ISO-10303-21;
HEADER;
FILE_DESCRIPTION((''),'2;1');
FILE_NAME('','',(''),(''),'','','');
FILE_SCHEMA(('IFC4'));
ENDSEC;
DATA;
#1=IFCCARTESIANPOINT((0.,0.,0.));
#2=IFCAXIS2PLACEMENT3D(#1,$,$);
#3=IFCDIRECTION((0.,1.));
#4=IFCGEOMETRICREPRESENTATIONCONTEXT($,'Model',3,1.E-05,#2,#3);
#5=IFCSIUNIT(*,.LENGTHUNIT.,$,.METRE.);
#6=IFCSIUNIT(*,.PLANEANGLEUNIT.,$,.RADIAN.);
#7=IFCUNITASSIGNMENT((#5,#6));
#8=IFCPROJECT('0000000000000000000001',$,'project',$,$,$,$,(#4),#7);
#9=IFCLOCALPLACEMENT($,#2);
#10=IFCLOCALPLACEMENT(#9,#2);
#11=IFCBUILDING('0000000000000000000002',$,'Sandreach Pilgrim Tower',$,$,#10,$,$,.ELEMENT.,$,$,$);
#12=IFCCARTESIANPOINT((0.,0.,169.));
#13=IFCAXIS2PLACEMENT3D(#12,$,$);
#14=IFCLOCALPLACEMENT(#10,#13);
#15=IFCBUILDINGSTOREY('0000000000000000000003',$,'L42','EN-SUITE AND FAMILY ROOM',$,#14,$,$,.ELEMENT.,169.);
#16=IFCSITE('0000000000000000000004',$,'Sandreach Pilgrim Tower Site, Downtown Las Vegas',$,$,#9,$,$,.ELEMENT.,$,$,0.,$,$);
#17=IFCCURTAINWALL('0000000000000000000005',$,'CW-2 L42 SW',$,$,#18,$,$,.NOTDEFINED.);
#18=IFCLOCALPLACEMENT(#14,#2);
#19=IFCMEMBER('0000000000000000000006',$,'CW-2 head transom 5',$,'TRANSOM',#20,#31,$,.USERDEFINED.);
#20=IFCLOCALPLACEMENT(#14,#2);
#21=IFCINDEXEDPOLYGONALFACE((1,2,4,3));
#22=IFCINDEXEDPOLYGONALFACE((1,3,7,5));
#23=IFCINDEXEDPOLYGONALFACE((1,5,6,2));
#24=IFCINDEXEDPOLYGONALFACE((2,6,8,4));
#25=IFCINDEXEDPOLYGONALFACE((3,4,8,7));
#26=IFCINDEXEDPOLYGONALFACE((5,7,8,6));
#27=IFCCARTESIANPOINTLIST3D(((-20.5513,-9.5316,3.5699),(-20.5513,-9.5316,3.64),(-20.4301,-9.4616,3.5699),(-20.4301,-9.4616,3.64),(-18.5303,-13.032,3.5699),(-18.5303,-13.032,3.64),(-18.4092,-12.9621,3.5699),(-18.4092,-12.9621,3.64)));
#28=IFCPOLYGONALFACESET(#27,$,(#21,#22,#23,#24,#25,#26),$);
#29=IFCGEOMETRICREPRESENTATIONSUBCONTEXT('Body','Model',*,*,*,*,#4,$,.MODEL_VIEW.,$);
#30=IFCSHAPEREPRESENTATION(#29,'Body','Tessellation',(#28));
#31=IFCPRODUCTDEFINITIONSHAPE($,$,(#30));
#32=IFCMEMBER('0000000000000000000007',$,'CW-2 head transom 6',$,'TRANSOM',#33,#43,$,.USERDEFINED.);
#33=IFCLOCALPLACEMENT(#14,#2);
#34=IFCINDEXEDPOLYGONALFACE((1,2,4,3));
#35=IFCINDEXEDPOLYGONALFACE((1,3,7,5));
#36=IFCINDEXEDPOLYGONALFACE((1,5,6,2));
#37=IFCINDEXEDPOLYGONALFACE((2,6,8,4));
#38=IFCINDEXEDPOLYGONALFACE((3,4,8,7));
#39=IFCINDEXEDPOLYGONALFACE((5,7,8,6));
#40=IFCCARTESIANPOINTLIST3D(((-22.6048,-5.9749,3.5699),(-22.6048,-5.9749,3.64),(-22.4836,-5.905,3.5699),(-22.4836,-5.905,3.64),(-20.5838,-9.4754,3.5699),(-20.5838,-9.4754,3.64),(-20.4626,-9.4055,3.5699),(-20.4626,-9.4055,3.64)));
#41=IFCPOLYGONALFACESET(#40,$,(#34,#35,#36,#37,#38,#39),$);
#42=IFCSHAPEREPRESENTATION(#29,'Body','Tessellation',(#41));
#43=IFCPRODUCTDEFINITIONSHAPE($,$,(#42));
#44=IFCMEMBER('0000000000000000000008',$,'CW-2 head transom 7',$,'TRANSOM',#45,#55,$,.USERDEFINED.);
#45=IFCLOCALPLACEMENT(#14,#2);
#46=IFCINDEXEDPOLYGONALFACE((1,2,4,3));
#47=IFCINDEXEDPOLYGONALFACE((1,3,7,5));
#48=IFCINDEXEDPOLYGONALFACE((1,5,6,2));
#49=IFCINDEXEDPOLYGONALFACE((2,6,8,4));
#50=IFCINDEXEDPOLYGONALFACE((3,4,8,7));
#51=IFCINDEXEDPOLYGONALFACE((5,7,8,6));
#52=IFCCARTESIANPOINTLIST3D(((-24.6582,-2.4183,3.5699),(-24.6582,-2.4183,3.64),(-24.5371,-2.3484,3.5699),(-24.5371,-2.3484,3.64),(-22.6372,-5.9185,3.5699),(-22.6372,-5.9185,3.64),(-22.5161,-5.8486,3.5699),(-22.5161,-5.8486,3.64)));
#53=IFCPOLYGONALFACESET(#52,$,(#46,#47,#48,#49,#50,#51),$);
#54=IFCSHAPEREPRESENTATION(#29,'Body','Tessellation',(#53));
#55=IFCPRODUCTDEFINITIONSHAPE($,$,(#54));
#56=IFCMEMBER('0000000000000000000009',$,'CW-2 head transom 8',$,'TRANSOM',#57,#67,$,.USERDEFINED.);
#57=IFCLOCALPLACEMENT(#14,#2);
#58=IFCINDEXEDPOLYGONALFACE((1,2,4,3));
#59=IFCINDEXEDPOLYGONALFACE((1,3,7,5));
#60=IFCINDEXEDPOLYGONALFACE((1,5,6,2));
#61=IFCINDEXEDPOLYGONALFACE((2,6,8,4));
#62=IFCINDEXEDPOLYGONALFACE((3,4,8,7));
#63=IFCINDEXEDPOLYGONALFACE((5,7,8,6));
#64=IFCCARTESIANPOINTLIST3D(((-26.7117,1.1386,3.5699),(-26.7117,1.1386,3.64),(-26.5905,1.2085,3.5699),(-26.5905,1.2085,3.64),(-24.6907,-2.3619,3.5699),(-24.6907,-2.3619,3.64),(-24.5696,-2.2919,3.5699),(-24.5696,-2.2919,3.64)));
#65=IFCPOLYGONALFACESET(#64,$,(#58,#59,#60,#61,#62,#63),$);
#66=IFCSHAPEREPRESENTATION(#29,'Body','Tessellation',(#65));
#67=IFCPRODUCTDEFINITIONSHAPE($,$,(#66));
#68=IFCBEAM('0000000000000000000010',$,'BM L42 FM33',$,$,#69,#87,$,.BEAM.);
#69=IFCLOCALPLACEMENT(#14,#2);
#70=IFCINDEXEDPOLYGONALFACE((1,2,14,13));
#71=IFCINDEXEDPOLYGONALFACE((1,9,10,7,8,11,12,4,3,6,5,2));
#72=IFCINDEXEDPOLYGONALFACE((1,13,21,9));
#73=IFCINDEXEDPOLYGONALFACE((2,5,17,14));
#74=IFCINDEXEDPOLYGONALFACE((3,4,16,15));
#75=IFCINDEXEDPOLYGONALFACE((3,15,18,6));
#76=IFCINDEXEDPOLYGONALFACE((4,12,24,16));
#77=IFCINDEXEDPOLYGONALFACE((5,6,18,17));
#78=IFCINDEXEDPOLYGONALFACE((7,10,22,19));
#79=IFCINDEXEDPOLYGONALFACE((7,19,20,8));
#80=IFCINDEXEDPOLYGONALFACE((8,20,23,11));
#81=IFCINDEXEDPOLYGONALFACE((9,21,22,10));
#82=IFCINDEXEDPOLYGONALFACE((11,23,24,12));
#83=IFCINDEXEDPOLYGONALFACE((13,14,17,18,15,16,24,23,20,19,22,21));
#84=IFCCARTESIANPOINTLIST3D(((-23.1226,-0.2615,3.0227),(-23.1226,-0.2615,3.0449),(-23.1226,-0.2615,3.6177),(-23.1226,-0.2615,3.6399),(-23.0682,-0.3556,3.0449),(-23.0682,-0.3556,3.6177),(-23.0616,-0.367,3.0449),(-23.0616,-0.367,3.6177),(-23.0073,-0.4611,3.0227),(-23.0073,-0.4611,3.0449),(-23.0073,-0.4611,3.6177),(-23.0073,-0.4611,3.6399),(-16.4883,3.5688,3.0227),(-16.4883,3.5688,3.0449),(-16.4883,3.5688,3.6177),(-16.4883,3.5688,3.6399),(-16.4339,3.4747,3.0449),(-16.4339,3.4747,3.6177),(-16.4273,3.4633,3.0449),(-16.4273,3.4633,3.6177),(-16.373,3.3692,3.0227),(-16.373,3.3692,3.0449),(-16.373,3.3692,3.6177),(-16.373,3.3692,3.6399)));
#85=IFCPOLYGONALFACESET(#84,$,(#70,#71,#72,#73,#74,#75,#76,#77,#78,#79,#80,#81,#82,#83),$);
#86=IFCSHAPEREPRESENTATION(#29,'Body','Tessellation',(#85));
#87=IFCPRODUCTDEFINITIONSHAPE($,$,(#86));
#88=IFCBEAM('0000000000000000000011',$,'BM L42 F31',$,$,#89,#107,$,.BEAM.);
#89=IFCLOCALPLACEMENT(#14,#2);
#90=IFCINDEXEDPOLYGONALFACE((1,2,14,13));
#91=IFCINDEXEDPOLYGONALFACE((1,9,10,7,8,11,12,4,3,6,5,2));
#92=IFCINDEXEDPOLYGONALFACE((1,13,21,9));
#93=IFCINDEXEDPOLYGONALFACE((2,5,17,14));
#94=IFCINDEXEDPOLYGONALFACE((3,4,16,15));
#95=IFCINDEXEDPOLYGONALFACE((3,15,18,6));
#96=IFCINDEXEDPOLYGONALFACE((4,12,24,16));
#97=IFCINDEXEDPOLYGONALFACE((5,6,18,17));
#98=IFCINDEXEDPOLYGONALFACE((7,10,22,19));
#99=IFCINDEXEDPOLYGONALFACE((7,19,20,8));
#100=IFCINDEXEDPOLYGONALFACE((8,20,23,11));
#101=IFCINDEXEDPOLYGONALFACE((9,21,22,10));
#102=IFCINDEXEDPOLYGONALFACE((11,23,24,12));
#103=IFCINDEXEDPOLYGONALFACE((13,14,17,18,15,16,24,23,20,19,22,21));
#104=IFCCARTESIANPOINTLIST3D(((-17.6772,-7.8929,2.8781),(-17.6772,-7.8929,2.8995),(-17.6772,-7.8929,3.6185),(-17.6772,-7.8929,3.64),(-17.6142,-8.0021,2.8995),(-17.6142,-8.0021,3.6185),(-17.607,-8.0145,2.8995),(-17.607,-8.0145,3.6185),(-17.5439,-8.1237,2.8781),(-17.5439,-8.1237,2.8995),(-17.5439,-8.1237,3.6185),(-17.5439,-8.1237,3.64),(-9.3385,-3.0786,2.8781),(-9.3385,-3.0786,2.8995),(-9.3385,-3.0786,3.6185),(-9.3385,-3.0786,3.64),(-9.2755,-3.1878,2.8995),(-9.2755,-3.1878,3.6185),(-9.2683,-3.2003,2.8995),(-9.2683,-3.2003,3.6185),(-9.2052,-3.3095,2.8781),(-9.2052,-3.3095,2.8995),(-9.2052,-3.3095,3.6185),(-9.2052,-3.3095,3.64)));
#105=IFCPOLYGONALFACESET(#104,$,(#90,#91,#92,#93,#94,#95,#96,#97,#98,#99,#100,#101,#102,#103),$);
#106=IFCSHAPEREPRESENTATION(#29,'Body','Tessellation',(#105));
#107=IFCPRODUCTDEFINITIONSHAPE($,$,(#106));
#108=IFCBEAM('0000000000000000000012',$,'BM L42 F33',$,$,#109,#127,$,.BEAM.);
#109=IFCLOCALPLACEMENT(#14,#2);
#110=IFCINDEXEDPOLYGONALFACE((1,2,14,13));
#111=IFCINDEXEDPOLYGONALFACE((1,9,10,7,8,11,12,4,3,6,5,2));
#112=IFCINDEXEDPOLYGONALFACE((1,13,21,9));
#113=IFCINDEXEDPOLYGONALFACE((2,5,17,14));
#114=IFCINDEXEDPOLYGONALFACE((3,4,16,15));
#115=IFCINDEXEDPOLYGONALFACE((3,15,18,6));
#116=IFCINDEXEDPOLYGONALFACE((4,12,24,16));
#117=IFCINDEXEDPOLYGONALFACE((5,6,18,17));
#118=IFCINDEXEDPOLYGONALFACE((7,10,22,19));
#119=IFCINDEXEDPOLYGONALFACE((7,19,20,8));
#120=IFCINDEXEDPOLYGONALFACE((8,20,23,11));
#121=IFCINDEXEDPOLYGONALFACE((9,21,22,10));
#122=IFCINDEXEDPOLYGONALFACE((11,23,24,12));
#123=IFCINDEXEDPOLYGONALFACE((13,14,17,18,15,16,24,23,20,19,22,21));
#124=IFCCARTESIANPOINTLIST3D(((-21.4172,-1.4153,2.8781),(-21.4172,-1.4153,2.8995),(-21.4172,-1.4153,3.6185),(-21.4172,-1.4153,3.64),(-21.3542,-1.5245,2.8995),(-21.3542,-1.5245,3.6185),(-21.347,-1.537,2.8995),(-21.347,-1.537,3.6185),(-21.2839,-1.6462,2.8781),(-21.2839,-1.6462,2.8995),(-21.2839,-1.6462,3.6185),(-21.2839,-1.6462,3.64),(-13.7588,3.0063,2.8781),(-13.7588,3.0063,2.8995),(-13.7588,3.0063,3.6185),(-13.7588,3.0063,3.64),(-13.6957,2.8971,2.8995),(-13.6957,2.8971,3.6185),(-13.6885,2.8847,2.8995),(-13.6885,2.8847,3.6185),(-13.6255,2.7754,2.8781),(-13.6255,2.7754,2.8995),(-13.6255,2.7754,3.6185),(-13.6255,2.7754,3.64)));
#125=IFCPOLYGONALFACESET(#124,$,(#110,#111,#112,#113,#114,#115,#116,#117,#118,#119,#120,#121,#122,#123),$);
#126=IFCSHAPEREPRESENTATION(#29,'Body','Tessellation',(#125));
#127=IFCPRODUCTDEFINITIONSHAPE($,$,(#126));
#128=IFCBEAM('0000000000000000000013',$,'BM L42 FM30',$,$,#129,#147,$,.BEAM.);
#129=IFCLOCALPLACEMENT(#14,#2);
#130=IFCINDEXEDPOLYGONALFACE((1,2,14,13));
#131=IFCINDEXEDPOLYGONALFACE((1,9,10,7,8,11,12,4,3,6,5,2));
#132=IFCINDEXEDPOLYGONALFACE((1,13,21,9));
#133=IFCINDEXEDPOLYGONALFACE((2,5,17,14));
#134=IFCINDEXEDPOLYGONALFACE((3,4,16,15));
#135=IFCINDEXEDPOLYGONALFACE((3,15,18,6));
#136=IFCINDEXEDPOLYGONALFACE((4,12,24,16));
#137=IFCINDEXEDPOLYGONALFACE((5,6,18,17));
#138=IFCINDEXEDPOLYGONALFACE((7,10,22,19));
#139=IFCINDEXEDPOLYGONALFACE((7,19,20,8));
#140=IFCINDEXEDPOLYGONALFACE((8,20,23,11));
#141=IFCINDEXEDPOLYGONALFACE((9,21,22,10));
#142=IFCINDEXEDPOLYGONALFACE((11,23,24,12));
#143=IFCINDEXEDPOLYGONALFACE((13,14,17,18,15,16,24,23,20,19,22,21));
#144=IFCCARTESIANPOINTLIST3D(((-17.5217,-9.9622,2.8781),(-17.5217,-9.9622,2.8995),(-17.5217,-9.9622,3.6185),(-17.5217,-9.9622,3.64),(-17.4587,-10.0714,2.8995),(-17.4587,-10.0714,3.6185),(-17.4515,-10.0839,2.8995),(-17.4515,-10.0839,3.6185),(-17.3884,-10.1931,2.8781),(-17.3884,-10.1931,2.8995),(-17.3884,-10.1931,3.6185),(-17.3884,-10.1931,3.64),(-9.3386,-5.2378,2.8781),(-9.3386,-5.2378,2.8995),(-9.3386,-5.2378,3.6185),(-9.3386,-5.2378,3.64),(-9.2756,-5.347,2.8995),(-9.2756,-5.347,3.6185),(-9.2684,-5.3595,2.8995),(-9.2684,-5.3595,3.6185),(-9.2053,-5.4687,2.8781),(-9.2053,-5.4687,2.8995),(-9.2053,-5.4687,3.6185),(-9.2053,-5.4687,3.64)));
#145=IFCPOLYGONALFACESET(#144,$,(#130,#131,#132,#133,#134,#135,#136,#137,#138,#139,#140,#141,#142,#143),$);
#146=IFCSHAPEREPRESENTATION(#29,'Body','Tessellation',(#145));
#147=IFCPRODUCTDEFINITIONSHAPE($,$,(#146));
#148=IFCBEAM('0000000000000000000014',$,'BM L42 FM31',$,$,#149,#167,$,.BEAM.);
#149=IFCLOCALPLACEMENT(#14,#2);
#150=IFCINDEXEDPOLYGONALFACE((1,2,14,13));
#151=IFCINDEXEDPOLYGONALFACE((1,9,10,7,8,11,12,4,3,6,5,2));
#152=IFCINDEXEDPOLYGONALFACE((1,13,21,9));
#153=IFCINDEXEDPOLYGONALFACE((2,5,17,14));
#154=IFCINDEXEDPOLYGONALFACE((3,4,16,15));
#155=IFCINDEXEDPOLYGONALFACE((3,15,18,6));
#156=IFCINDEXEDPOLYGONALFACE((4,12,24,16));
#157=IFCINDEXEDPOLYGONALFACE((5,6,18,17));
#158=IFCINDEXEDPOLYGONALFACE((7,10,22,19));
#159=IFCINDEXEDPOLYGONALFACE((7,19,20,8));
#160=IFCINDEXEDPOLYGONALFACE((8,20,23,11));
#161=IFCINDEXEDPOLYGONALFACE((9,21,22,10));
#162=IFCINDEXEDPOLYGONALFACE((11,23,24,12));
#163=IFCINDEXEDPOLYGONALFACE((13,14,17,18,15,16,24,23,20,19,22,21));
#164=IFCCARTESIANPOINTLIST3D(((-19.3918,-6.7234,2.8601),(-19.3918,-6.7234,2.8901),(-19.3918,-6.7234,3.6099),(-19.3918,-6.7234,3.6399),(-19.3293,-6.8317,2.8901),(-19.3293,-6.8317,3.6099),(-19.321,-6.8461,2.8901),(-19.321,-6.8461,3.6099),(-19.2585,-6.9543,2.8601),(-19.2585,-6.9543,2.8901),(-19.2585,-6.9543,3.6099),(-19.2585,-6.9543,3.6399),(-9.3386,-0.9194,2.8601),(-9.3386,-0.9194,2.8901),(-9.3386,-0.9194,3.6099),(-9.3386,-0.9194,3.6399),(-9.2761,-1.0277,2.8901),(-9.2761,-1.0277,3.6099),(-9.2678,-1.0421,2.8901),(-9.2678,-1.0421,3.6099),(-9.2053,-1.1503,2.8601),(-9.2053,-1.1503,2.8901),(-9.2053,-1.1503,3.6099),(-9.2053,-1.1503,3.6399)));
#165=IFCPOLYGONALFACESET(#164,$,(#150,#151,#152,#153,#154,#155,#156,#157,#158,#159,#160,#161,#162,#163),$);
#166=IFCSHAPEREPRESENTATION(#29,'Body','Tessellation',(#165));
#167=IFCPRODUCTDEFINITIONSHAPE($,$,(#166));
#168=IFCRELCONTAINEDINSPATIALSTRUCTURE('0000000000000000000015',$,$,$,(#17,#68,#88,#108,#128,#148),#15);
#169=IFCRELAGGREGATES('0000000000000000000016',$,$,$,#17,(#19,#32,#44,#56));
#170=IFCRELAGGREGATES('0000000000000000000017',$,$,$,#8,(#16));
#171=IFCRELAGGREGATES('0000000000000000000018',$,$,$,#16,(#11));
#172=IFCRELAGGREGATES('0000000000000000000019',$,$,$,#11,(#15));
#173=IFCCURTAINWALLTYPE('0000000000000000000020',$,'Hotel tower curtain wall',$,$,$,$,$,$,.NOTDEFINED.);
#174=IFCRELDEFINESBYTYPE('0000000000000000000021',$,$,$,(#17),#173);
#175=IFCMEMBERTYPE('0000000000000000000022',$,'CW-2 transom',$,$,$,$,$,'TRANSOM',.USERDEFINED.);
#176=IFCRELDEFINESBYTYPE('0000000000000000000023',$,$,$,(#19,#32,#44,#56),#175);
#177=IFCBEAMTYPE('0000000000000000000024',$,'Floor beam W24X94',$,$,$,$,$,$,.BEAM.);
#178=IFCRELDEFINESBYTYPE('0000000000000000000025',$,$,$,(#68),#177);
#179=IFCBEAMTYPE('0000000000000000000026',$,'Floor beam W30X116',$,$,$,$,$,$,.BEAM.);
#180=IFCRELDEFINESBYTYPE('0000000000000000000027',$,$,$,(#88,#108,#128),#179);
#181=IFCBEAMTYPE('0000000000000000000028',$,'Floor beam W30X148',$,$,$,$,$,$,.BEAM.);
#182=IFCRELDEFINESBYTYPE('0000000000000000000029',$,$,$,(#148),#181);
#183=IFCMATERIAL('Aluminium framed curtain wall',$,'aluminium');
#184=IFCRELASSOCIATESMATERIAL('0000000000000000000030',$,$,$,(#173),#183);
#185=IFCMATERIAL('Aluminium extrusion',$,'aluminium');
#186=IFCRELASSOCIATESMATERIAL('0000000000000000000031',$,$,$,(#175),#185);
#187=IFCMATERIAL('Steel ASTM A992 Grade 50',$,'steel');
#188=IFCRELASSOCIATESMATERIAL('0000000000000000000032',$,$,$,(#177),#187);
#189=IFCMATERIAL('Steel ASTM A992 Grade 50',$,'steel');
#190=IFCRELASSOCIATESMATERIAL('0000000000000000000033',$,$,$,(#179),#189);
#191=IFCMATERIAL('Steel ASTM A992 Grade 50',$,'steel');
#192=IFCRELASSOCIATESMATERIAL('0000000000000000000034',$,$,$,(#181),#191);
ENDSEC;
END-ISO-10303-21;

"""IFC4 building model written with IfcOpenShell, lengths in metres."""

from ifc_helpers import new_model, si_unit, direction, frame, origin, origin_2d, place, context, subcontext, project, spatial, rectangle, i_section, extrude, material, material_profile, profile_set, type_object, element, aggregate, save


model = new_model("IFC4")

# Units and contexts
model_context = context("Model", 3, precision=1e-05, world=origin(), true_north=direction((0.0, 1.0)))
body_context = subcontext(model_context, "Body", "Model", "MODEL_VIEW")
ifc_project = project(units=[si_unit("LENGTHUNIT", "METRE"), si_unit("PLANEANGLEUNIT", "RADIAN")], contexts=[model_context])

# Site, building, storey
site_placement = place(None, origin())
site = spatial("IfcSite", under=ifc_project, at=site_placement, Name="Sandreach Pilgrim Tower Site, Downtown Las Vegas", CompositionType="ELEMENT", RefElevation=0.0)
building_placement = place(site_placement, origin())
building = spatial("IfcBuilding", under=site, at=building_placement, Name="Sandreach Pilgrim Tower", CompositionType="ELEMENT")
storey_placement = place(building_placement, frame((0.0, 0.0, 169.0)))
storey = spatial("IfcBuildingStorey", under=building, at=storey_placement, Name="L42", Description="EN-SUITE AND FAMILY ROOM", CompositionType="ELEMENT", Elevation=169.0)

# Curtain wall, members
ifc_material_1 = material(Name="Aluminium framed curtain wall", Category="aluminium")
curtain_wall_type = type_object("IfcCurtainWallType", Name="Hotel tower curtain wall", PredefinedType="NOTDEFINED", material=ifc_material_1)
curtain_wall_placement = place(storey_placement, origin())
curtain_wall = element("IfcCurtainWall", 1, at=curtain_wall_placement, inside=storey, type_object=curtain_wall_type, Name="CW-2 L42 SW", PredefinedType="NOTDEFINED")
ifc_material_2 = material(Name="Aluminium extrusion", Category="aluminium")
ifc_material_profile_1 = material_profile(ifc_material_2, rectangle(XDim=0.1399, YDim=0.0701, at=origin_2d()), Name="CW-2T 140X70")
ifc_profile_set_1 = profile_set([ifc_material_profile_1], Name="Aluminium extrusion")
member_type_1 = type_object("IfcMemberType", Name="CW-2 transom", ElementType="TRANSOM", PredefinedType="USERDEFINED", material=ifc_profile_set_1)
member_1_placement = place(storey_placement, frame((-18.4697, -12.9971, 3.605), z_axis=(-0.499998, 0.866027, 0.0), x_axis=(-0.866027, -0.499998, 0.0)))
member_1 = element("IfcMember", 2, at=member_1_placement, type_object=member_type_1, Name="CW-2 head transom 5", ObjectType="TRANSOM", PredefinedType="USERDEFINED", context=body_context, shape_type="SweptSolid", body=[
    extrude(rectangle(XDim=0.1399, YDim=0.0701, at=origin_2d()), origin(), (0.0, 0.0, 1.0), 4.042),
])
member_2_placement = place(storey_placement, frame((-20.5232, -9.4404, 3.605), z_axis=(-0.499998, 0.866027, 0.0), x_axis=(-0.866027, -0.499998, 0.0)))
member_2 = element("IfcMember", 3, at=member_2_placement, type_object=member_type_1, Name="CW-2 head transom 6", ObjectType="TRANSOM", PredefinedType="USERDEFINED", context=body_context, shape_type="SweptSolid", body=[
    extrude(rectangle(XDim=0.1399, YDim=0.0701, at=origin_2d()), origin(), (0.0, 0.0, 1.0), 4.042),
])
member_3_placement = place(storey_placement, frame((-22.5767, -5.8835, 3.605), z_axis=(-0.500024, 0.866012, 0.0), x_axis=(-0.866012, -0.500024, 0.0)))
member_3 = element("IfcMember", 4, at=member_3_placement, type_object=member_type_1, Name="CW-2 head transom 7", ObjectType="TRANSOM", PredefinedType="USERDEFINED", context=body_context, shape_type="SweptSolid", body=[
    extrude(rectangle(XDim=0.1399, YDim=0.0701, at=origin_2d()), origin(), (0.0, 0.0, 1.0), 4.0417),
])
member_4_placement = place(storey_placement, frame((-24.6301, -2.3269, 3.605), z_axis=(-0.499998, 0.866027, 0.0), x_axis=(-0.866027, -0.499998, 0.0)))
member_4 = element("IfcMember", 5, at=member_4_placement, type_object=member_type_1, Name="CW-2 head transom 8", ObjectType="TRANSOM", PredefinedType="USERDEFINED", context=body_context, shape_type="SweptSolid", body=[
    extrude(rectangle(XDim=0.1399, YDim=0.0701, at=origin_2d()), origin(), (0.0, 0.0, 1.0), 4.042),
])

# Beams
ifc_material_3 = material(Name="Steel ASTM A992 Grade 50", Category="steel")
ifc_material_profile_2 = material_profile(ifc_material_3, i_section(OverallWidth=0.2305, OverallDepth=0.6172, WebThickness=0.0132, FlangeThickness=0.0222, at=origin_2d()), Name="W24X94")
ifc_profile_set_2 = profile_set([ifc_material_profile_2], Name="Steel ASTM A992 Grade 50")
beam_type_1 = type_object("IfcBeamType", Name="Floor beam W24X94", PredefinedType="BEAM", material=ifc_profile_set_2)
beam_1_placement = place(storey_placement, frame((-23.0649, -0.3613, 3.3313), z_axis=(0.866024, 0.500002, 0.0), x_axis=(-0.500002, 0.866024, 0.0)))
element("IfcBeam", 6, at=beam_1_placement, inside=storey, type_object=beam_type_1, Name="BM L42 FM33", PredefinedType="BEAM", context=body_context, shape_type="SweptSolid", body=[
    extrude(i_section(OverallWidth=0.2305, OverallDepth=0.6172, WebThickness=0.0132, FlangeThickness=0.0222, at=origin_2d()), origin(), (0.0, 0.0, 1.0), 7.6606),
])
ifc_material_4 = material(Name="Steel ASTM A992 Grade 50", Category="steel")
ifc_material_profile_3 = material_profile(ifc_material_4, i_section(OverallWidth=0.2666, OverallDepth=0.762, WebThickness=0.0144, FlangeThickness=0.0215, at=origin_2d()), Name="W30X116")
ifc_profile_set_3 = profile_set([ifc_material_profile_3], Name="Steel ASTM A992 Grade 50")
beam_type_2 = type_object("IfcBeamType", Name="Floor beam W30X116", PredefinedType="BEAM", material=ifc_profile_set_3)
beam_2_placement = place(storey_placement, frame((-17.6106, -8.0083, 3.259), z_axis=(0.86603, 0.499992, 0.0), x_axis=(-0.499992, 0.86603, 0.0)))
element("IfcBeam", 7, at=beam_2_placement, inside=storey, type_object=beam_type_2, Name="BM L42 F31", PredefinedType="BEAM", context=body_context, shape_type="SweptSolid", body=[
    extrude(i_section(OverallWidth=0.2666, OverallDepth=0.762, WebThickness=0.0144, FlangeThickness=0.0215, at=origin_2d()), origin(), (0.0, 0.0, 1.0), 9.6287),
])
beam_3_placement = place(storey_placement, frame((-21.3506, -1.5308, 3.259), z_axis=(0.866024, 0.500002, 0.0), x_axis=(-0.500002, 0.866024, 0.0)))
element("IfcBeam", 8, at=beam_3_placement, inside=storey, type_object=beam_type_2, Name="BM L42 F33", PredefinedType="BEAM", context=body_context, shape_type="SweptSolid", body=[
    extrude(i_section(OverallWidth=0.2666, OverallDepth=0.762, WebThickness=0.0144, FlangeThickness=0.0215, at=origin_2d()), origin(), (0.0, 0.0, 1.0), 8.8433),
])
beam_4_placement = place(storey_placement, frame((-17.4551, -10.0776, 3.259), z_axis=(0.866032, 0.499988, 0.0), x_axis=(-0.499988, 0.866032, 0.0)))
element("IfcBeam", 9, at=beam_4_placement, inside=storey, type_object=beam_type_2, Name="BM L42 FM30", PredefinedType="BEAM", context=body_context, shape_type="SweptSolid", body=[
    extrude(i_section(OverallWidth=0.2666, OverallDepth=0.762, WebThickness=0.0144, FlangeThickness=0.0215, at=origin_2d()), origin(), (0.0, 0.0, 1.0), 9.449),
])
ifc_material_5 = material(Name="Steel ASTM A992 Grade 50", Category="steel")
ifc_material_profile_4 = material_profile(ifc_material_5, i_section(OverallWidth=0.2666, OverallDepth=0.7798, WebThickness=0.0166, FlangeThickness=0.03, at=origin_2d()), Name="W30X148")
ifc_profile_set_4 = profile_set([ifc_material_profile_4], Name="Steel ASTM A992 Grade 50")
beam_type_3 = type_object("IfcBeamType", Name="Floor beam W30X148", PredefinedType="BEAM", material=ifc_profile_set_4)
beam_5_placement = place(storey_placement, frame((-19.3252, -6.8389, 3.25), z_axis=(0.866036, 0.499982, 0.0), x_axis=(-0.499982, 0.866036, 0.0)))
element("IfcBeam", 10, at=beam_5_placement, inside=storey, type_object=beam_type_3, Name="BM L42 FM31", PredefinedType="BEAM", context=body_context, shape_type="SweptSolid", body=[
    extrude(i_section(OverallWidth=0.2666, OverallDepth=0.7798, WebThickness=0.0166, FlangeThickness=0.03, at=origin_2d()), origin(), (0.0, 0.0, 1.0), 11.6084),
])

aggregate(curtain_wall, [member_1, member_2, member_3, member_4])

save(model, "model.ifc")
